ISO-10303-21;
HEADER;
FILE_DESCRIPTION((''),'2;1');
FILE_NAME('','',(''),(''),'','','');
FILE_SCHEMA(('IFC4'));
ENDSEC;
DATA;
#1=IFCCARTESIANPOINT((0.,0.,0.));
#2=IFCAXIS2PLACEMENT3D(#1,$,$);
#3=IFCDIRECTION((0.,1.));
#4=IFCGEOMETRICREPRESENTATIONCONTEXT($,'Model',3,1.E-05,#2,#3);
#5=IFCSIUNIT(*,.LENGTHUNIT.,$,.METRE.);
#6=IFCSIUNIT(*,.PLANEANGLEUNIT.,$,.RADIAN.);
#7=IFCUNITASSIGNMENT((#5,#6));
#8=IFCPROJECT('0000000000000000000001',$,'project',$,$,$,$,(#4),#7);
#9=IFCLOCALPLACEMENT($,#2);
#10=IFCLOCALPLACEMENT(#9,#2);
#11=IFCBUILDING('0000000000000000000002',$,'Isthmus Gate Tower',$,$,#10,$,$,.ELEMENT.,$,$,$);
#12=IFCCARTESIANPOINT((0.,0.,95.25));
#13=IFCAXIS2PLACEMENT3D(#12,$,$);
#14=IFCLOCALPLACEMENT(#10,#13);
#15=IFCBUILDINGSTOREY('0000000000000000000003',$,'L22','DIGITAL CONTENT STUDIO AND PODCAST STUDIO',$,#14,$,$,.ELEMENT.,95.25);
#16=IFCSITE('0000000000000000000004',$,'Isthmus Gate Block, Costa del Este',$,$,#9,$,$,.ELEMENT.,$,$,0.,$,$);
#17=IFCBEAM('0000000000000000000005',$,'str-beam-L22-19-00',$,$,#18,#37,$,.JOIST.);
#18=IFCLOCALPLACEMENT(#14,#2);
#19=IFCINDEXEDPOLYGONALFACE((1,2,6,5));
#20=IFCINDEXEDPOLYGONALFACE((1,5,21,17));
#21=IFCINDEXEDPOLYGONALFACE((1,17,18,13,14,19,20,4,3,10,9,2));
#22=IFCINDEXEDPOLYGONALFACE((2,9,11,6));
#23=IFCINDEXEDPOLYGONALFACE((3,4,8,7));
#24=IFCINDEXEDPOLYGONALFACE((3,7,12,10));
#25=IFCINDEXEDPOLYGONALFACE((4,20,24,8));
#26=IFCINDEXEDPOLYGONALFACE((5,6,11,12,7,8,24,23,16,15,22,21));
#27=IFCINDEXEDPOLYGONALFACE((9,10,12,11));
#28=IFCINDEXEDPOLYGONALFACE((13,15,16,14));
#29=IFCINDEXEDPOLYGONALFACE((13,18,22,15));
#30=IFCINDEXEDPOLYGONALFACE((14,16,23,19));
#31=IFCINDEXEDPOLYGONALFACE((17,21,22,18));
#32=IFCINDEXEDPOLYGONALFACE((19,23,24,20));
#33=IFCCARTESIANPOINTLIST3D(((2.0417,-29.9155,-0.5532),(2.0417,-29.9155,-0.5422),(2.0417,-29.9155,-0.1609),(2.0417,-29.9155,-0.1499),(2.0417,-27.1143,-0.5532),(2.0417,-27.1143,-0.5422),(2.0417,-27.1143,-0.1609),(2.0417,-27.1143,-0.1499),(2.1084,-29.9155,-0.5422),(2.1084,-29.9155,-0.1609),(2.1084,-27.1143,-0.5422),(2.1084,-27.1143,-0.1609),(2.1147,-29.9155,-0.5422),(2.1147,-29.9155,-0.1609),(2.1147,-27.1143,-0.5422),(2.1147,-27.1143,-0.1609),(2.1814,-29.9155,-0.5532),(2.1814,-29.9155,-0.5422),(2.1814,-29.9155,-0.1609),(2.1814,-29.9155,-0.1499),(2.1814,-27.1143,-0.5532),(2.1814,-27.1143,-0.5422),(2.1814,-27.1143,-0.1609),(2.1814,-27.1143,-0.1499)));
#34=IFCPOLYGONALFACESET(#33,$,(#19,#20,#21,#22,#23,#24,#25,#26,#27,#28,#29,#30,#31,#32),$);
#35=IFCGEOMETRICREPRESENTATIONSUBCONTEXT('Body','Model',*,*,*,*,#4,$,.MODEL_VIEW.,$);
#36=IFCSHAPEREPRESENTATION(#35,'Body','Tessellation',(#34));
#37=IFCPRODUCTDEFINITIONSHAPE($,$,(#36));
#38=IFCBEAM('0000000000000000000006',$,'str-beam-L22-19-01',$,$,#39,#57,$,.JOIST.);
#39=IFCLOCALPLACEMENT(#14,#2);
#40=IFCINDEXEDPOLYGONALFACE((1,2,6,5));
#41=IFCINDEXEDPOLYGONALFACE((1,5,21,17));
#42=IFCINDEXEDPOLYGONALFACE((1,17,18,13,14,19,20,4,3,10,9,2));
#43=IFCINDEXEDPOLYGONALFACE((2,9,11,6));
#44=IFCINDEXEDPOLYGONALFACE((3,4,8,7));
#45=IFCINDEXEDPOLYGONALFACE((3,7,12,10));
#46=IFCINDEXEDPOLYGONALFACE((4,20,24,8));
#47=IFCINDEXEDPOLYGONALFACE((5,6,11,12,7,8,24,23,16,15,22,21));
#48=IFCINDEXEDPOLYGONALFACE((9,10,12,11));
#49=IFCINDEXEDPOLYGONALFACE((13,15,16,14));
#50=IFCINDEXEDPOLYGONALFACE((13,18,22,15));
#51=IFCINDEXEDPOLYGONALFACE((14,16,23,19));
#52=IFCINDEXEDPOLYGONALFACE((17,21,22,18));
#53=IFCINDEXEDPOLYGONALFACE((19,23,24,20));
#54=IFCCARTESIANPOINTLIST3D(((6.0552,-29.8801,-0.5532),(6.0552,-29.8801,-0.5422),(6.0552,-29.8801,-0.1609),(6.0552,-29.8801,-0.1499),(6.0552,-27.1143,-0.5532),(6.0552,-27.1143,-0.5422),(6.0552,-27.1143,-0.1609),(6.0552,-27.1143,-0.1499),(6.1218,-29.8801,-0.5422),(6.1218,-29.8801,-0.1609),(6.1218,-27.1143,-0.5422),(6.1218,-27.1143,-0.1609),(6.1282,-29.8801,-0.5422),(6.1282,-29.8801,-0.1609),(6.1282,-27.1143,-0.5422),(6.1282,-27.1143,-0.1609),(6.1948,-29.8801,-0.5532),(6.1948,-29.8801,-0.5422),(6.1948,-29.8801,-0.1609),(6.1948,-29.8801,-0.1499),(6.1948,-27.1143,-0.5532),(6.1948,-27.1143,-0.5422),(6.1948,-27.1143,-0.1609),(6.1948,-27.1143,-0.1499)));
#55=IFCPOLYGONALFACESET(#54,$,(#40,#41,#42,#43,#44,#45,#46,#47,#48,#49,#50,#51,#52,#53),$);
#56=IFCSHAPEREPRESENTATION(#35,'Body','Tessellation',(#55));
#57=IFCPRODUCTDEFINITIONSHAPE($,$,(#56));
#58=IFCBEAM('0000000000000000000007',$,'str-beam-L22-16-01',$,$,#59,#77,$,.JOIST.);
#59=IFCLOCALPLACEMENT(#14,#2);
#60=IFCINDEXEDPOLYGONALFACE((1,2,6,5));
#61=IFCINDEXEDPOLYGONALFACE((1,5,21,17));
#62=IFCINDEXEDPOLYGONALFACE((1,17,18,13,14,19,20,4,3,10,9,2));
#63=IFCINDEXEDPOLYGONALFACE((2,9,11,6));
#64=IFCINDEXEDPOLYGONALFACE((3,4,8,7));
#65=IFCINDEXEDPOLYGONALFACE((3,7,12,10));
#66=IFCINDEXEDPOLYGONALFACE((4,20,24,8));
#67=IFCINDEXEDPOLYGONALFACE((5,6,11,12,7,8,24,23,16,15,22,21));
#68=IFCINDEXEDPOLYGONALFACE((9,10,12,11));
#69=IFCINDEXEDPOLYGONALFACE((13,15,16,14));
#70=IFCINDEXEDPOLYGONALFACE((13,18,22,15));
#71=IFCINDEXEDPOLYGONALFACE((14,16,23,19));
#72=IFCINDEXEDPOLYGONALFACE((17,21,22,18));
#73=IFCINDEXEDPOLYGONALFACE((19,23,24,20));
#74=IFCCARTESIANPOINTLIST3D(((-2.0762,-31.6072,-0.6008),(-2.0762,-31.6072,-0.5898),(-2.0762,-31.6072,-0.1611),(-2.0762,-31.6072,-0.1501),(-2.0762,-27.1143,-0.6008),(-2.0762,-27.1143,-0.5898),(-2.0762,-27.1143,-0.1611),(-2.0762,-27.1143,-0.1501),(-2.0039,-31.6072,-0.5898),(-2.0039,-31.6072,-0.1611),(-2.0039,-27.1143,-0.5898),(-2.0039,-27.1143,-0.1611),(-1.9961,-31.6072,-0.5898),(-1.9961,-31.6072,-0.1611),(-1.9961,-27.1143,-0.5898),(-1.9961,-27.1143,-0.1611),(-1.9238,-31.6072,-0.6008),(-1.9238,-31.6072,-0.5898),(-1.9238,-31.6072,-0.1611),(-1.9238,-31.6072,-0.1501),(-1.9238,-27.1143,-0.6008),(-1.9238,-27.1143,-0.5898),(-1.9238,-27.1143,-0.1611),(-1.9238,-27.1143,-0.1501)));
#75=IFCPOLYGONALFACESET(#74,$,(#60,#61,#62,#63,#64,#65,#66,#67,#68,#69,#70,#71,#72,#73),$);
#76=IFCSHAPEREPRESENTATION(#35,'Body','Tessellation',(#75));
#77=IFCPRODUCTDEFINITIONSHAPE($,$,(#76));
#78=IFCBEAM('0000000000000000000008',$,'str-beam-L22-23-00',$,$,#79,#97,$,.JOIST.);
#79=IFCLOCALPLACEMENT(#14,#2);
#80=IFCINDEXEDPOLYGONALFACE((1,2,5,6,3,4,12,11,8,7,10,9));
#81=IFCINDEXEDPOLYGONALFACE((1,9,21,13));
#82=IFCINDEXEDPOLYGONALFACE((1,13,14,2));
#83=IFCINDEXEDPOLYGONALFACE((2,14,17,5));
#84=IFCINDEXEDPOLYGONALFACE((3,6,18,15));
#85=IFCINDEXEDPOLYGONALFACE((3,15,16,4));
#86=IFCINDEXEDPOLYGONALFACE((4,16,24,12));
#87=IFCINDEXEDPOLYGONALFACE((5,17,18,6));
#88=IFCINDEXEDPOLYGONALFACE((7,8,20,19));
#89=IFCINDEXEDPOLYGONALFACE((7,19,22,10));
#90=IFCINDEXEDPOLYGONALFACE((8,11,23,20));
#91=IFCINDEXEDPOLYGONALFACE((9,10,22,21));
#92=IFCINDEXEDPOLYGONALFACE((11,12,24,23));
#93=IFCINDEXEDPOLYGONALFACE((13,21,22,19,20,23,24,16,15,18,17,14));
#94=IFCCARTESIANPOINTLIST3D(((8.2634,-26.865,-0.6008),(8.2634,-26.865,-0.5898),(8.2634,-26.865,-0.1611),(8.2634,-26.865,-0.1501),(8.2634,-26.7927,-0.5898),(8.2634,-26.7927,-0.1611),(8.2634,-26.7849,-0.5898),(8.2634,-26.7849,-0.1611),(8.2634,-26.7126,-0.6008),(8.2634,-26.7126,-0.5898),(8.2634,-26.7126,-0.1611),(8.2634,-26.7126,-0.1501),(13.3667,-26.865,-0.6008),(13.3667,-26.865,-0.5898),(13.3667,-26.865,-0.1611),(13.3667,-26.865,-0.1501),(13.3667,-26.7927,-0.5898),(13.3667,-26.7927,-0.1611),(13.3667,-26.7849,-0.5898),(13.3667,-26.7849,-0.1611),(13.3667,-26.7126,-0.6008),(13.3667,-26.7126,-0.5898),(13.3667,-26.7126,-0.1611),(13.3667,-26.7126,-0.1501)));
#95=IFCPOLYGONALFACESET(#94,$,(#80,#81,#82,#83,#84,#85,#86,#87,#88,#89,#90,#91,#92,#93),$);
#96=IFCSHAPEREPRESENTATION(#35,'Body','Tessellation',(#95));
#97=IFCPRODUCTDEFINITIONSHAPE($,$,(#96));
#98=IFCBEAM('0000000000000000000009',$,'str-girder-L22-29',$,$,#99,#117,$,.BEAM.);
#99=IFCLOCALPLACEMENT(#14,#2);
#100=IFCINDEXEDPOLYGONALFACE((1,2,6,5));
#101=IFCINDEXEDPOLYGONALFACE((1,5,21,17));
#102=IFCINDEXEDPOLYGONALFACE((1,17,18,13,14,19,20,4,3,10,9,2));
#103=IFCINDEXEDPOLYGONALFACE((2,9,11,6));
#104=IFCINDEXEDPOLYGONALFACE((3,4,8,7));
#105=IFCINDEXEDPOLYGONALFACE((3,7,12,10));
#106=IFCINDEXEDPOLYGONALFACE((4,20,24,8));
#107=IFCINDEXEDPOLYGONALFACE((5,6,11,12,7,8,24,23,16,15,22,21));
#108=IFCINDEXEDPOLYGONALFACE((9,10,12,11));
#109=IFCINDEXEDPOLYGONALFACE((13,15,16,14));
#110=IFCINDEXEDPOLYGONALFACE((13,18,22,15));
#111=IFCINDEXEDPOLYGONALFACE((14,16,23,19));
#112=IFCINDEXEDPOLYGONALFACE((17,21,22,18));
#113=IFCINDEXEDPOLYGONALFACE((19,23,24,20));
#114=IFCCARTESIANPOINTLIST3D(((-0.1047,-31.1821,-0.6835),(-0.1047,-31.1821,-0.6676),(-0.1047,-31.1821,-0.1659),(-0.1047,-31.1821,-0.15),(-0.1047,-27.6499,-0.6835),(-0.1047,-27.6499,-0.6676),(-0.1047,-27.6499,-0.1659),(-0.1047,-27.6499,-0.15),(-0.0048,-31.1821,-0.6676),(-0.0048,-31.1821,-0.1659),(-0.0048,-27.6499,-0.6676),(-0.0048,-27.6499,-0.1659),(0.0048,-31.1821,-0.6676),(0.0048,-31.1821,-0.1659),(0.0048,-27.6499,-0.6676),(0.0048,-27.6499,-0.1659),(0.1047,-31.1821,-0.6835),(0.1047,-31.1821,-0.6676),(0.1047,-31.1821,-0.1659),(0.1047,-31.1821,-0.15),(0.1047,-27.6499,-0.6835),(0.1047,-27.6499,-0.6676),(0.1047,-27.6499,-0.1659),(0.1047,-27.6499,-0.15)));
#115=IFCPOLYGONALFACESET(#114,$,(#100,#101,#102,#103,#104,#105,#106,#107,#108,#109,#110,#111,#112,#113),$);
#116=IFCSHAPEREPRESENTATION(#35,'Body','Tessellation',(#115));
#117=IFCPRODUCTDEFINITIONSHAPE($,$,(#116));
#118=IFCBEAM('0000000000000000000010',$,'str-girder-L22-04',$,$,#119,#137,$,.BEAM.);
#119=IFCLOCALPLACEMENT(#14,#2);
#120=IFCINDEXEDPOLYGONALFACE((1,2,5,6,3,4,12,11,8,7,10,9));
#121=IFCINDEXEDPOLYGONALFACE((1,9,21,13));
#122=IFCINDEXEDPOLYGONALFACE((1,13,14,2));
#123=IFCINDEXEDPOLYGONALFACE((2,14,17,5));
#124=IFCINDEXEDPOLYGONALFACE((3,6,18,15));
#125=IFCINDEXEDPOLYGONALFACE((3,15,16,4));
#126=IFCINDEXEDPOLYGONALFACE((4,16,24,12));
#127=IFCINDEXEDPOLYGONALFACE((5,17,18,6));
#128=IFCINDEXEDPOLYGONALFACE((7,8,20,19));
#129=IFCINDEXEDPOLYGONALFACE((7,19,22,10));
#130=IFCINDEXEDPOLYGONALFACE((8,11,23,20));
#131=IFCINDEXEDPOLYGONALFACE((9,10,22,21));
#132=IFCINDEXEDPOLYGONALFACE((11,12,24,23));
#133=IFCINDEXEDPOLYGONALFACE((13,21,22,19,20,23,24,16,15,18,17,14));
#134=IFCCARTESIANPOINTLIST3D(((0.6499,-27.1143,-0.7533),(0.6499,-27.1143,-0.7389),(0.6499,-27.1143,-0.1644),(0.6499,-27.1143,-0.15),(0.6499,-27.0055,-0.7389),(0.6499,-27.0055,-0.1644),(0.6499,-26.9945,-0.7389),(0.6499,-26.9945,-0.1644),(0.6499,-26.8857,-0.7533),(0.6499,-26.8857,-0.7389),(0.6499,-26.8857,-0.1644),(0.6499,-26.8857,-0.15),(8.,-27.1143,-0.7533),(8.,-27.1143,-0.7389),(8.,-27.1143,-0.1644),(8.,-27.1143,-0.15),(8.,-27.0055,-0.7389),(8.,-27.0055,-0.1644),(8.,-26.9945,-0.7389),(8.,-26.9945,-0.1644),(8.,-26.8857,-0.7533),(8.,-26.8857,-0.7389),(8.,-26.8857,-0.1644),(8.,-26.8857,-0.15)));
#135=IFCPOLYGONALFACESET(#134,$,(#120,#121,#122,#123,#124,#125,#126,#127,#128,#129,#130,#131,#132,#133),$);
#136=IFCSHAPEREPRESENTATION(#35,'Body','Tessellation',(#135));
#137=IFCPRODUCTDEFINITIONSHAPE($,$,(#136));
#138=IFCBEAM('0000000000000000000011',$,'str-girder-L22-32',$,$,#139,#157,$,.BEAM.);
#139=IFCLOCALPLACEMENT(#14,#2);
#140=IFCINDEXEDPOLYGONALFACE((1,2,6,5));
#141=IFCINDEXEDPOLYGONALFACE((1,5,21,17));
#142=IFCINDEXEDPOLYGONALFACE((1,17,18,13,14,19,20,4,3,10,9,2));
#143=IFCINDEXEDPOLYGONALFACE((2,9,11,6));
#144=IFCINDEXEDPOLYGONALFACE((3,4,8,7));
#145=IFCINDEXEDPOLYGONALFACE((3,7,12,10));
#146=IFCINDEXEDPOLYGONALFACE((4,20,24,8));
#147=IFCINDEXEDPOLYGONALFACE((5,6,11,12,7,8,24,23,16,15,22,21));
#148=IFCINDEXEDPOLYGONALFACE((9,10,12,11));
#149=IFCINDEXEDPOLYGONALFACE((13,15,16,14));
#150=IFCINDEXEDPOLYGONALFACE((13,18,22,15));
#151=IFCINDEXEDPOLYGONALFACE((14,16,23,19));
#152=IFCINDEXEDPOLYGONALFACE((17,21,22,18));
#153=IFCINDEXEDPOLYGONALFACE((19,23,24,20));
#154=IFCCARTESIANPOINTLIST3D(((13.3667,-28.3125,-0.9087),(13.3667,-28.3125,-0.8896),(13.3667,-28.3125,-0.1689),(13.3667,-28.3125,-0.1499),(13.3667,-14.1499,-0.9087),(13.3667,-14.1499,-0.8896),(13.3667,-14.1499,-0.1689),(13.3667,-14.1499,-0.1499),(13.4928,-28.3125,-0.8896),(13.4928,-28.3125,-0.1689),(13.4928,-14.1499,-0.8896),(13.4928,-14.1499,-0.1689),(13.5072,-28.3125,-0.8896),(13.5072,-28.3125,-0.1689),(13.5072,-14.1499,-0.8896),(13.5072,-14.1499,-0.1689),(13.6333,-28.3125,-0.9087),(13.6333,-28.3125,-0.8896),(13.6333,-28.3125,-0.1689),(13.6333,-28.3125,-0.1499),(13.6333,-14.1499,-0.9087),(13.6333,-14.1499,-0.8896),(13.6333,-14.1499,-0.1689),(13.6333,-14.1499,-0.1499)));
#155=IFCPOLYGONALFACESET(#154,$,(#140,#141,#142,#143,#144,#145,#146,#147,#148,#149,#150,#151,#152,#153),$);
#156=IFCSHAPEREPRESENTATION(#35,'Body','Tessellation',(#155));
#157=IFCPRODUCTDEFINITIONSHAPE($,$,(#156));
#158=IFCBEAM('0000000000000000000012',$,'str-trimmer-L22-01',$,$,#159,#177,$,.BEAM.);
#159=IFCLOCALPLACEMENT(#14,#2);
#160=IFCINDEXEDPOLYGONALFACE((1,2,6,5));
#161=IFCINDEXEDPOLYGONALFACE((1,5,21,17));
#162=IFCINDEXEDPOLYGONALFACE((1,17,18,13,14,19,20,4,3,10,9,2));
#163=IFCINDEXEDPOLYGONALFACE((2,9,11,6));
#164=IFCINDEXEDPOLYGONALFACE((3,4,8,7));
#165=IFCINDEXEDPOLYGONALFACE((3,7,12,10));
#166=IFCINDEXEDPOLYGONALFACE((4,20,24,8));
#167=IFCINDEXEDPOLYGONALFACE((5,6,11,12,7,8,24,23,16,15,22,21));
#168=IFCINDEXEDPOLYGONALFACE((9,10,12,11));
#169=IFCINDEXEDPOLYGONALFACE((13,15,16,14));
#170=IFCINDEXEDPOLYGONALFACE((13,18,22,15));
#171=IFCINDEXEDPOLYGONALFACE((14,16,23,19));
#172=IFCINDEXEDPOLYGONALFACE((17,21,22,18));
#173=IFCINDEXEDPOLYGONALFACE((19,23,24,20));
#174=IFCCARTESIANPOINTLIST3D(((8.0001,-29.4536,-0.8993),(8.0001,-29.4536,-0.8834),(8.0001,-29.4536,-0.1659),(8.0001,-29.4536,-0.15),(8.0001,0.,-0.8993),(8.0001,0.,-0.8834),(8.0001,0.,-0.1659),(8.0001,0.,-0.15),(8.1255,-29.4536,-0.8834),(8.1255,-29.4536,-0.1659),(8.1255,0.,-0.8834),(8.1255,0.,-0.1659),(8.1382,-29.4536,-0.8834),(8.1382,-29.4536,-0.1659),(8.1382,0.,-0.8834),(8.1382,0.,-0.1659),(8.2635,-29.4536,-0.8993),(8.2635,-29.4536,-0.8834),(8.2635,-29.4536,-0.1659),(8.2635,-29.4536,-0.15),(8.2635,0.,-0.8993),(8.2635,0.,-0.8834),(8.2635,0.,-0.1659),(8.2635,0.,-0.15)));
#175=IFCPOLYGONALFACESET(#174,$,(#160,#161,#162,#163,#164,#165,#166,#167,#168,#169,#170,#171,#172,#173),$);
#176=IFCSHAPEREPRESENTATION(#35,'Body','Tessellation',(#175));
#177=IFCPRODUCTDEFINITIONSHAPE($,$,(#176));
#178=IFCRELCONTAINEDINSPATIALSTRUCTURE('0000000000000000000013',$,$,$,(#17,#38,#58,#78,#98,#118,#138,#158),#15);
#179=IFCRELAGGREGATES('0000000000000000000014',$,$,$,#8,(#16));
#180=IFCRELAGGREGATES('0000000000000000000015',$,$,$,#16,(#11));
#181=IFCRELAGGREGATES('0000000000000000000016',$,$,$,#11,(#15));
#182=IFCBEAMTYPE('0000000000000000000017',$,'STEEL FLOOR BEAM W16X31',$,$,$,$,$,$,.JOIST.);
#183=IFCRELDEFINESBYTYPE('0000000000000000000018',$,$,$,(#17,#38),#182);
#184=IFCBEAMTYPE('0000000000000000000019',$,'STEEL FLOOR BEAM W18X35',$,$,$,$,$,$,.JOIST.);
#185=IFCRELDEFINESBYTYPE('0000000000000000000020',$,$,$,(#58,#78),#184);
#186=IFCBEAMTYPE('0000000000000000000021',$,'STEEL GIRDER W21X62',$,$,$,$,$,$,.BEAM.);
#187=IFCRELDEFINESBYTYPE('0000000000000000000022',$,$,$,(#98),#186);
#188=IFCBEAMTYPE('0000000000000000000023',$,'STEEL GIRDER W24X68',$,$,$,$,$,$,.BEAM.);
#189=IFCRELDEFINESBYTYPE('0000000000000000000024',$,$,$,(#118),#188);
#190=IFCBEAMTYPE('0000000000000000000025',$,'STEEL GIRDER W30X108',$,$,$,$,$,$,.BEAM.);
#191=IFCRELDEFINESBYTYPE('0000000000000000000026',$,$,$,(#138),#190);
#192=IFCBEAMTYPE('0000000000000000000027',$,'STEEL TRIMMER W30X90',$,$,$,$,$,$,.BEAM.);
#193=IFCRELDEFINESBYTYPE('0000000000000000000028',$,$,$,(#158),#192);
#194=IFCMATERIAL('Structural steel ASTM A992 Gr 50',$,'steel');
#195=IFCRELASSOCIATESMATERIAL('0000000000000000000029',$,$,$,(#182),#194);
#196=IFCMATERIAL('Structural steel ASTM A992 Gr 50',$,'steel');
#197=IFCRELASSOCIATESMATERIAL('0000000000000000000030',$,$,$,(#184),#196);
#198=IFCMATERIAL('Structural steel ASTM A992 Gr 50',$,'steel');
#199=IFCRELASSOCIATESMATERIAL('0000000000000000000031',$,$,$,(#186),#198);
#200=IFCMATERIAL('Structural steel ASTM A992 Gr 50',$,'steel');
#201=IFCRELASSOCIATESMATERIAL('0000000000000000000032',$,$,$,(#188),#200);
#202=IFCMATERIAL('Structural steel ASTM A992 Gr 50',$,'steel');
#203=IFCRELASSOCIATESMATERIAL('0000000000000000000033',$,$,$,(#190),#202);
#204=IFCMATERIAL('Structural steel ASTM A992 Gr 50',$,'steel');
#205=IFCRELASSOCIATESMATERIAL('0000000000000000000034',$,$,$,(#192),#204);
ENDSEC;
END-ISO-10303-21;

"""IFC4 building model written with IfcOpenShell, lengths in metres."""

from ifc_helpers import new_model, si_unit, direction, frame, origin, origin_2d, place, context, subcontext, project, spatial, i_section, extrude, material, material_profile, profile_set, type_object, element, save


model = new_model("IFC4")

# Units and contexts
model_context = context("Model", 3, precision=1e-05, world=origin(), true_north=direction((0.0, 1.0)))
body_context = subcontext(model_context, "Body", "Model", "MODEL_VIEW")
ifc_project = project(units=[si_unit("LENGTHUNIT", "METRE"), si_unit("PLANEANGLEUNIT", "RADIAN")], contexts=[model_context])

# Site, building, storey
site_placement = place(None, origin())
site = spatial("IfcSite", under=ifc_project, at=site_placement, Name="Isthmus Gate Block, Costa del Este", CompositionType="ELEMENT", RefElevation=0.0)
building_placement = place(site_placement, origin())
building = spatial("IfcBuilding", under=site, at=building_placement, Name="Isthmus Gate Tower", CompositionType="ELEMENT")
storey_placement = place(building_placement, frame((0.0, 0.0, 95.25)))
storey = spatial("IfcBuildingStorey", under=building, at=storey_placement, Name="L22", Description="DIGITAL CONTENT STUDIO AND PODCAST STUDIO", CompositionType="ELEMENT", Elevation=95.25)

# Beams
ifc_material_1 = material(Name="Structural steel ASTM A992 Gr 50", Category="steel")
ifc_material_profile_1 = material_profile(ifc_material_1, i_section(OverallWidth=0.1396, OverallDepth=0.4033, WebThickness=0.0063, FlangeThickness=0.011, at=origin_2d()), Name="W16X31")
ifc_profile_set_1 = profile_set([ifc_material_profile_1], Name="Structural steel ASTM A992 Gr 50")
beam_type_1 = type_object("IfcBeamType", Name="STEEL FLOOR BEAM W16X31", PredefinedType="JOIST", material=ifc_profile_set_1)
beam_1_placement = place(storey_placement, frame((2.1116, -29.9155, -0.3516), z_axis=(0.0, 1.0, 0.0), x_axis=(-1.0, 0.0, 0.0)))
element("IfcBeam", 1, at=beam_1_placement, inside=storey, type_object=beam_type_1, Name="str-beam-L22-19-00", PredefinedType="JOIST", context=body_context, shape_type="SweptSolid", body=[
    extrude(i_section(OverallWidth=0.1396, OverallDepth=0.4033, WebThickness=0.0063, FlangeThickness=0.011, at=origin_2d()), origin(), (0.0, 0.0, 1.0), 2.8013),
])
beam_2_placement = place(storey_placement, frame((6.125, -29.8801, -0.3516), z_axis=(0.0, 1.0, 0.0), x_axis=(-1.0, 0.0, 0.0)))
element("IfcBeam", 2, at=beam_2_placement, inside=storey, type_object=beam_type_1, Name="str-beam-L22-19-01", PredefinedType="JOIST", context=body_context, shape_type="SweptSolid", body=[
    extrude(i_section(OverallWidth=0.1396, OverallDepth=0.4033, WebThickness=0.0063, FlangeThickness=0.011, at=origin_2d()), origin(), (0.0, 0.0, 1.0), 2.7659),
])
ifc_material_2 = material(Name="Structural steel ASTM A992 Gr 50", Category="steel")
ifc_material_profile_2 = material_profile(ifc_material_2, i_section(OverallWidth=0.1523, OverallDepth=0.4507, WebThickness=0.0078, FlangeThickness=0.011, at=origin_2d()), Name="W18X35")
ifc_profile_set_2 = profile_set([ifc_material_profile_2], Name="Structural steel ASTM A992 Gr 50")
beam_type_2 = type_object("IfcBeamType", Name="STEEL FLOOR BEAM W18X35", PredefinedType="JOIST", material=ifc_profile_set_2)
beam_3_placement = place(storey_placement, frame((-2.0, -31.6072, -0.3755), z_axis=(0.0, 1.0, 0.0), x_axis=(-1.0, 0.0, 0.0)))
element("IfcBeam", 3, at=beam_3_placement, inside=storey, type_object=beam_type_2, Name="str-beam-L22-16-01", PredefinedType="JOIST", context=body_context, shape_type="SweptSolid", body=[
    extrude(i_section(OverallWidth=0.1523, OverallDepth=0.4507, WebThickness=0.0078, FlangeThickness=0.011, at=origin_2d()), origin(), (0.0, 0.0, 1.0), 4.4929),
])
beam_4_placement = place(storey_placement, frame((8.2634, -26.7888, -0.3755), z_axis=(1.0, 0.0, 0.0), x_axis=(0.0, 1.0, 0.0)))
element("IfcBeam", 4, at=beam_4_placement, inside=storey, type_object=beam_type_2, Name="str-beam-L22-23-00", PredefinedType="JOIST", context=body_context, shape_type="SweptSolid", body=[
    extrude(i_section(OverallWidth=0.1523, OverallDepth=0.4507, WebThickness=0.0078, FlangeThickness=0.011, at=origin_2d()), origin(), (0.0, 0.0, 1.0), 5.1033),
])
ifc_material_3 = material(Name="Structural steel ASTM A992 Gr 50", Category="steel")
ifc_material_profile_3 = material_profile(ifc_material_3, i_section(OverallWidth=0.2095, OverallDepth=0.5334, WebThickness=0.0095, FlangeThickness=0.0159, at=origin_2d()), Name="W21X62")
ifc_profile_set_3 = profile_set([ifc_material_profile_3], Name="Structural steel ASTM A992 Gr 50")
beam_type_3 = type_object("IfcBeamType", Name="STEEL GIRDER W21X62", PredefinedType="BEAM", material=ifc_profile_set_3)
beam_5_placement = place(storey_placement, frame((0.0, -31.1821, -0.4167), z_axis=(0.0, 1.0, 0.0), x_axis=(-1.0, 0.0, 0.0)))
element("IfcBeam", 5, at=beam_5_placement, inside=storey, type_object=beam_type_3, Name="str-girder-L22-29", PredefinedType="BEAM", context=body_context, shape_type="SweptSolid", body=[
    extrude(i_section(OverallWidth=0.2095, OverallDepth=0.5334, WebThickness=0.0095, FlangeThickness=0.0159, at=origin_2d()), origin(), (0.0, 0.0, 1.0), 3.5322),
])
ifc_material_4 = material(Name="Structural steel ASTM A992 Gr 50", Category="steel")
ifc_material_profile_4 = material_profile(ifc_material_4, i_section(OverallWidth=0.2285, OverallDepth=0.6033, WebThickness=0.011, FlangeThickness=0.0144, at=origin_2d()), Name="W24X68")
ifc_profile_set_4 = profile_set([ifc_material_profile_4], Name="Structural steel ASTM A992 Gr 50")
beam_type_4 = type_object("IfcBeamType", Name="STEEL GIRDER W24X68", PredefinedType="BEAM", material=ifc_profile_set_4)
beam_6_placement = place(storey_placement, frame((0.6499, -27.0, -0.4517), z_axis=(1.0, 0.0, 0.0), x_axis=(0.0, 1.0, 0.0)))
element("IfcBeam", 6, at=beam_6_placement, inside=storey, type_object=beam_type_4, Name="str-girder-L22-04", PredefinedType="BEAM", context=body_context, shape_type="SweptSolid", body=[
    extrude(i_section(OverallWidth=0.2285, OverallDepth=0.6033, WebThickness=0.011, FlangeThickness=0.0144, at=origin_2d()), origin(), (0.0, 0.0, 1.0), 7.3501),
])
ifc_material_5 = material(Name="Structural steel ASTM A992 Gr 50", Category="steel")
ifc_material_profile_5 = material_profile(ifc_material_5, i_section(OverallWidth=0.2666, OverallDepth=0.7588, WebThickness=0.0144, FlangeThickness=0.019, at=origin_2d()), Name="W30X108")
ifc_profile_set_5 = profile_set([ifc_material_profile_5], Name="Structural steel ASTM A992 Gr 50")
beam_type_5 = type_object("IfcBeamType", Name="STEEL GIRDER W30X108", PredefinedType="BEAM", material=ifc_profile_set_5)
beam_7_placement = place(storey_placement, frame((13.5, -28.3125, -0.5293), z_axis=(0.0, 1.0, 0.0), x_axis=(-1.0, 0.0, 0.0)))
element("IfcBeam", 7, at=beam_7_placement, inside=storey, type_object=beam_type_5, Name="str-girder-L22-32", PredefinedType="BEAM", context=body_context, shape_type="SweptSolid", body=[
    extrude(i_section(OverallWidth=0.2666, OverallDepth=0.7588, WebThickness=0.0144, FlangeThickness=0.019, at=origin_2d()), origin(), (0.0, 0.0, 1.0), 14.1626),
])
ifc_material_6 = material(Name="Structural steel ASTM A992 Gr 50", Category="steel")
ifc_material_profile_6 = material_profile(ifc_material_6, i_section(OverallWidth=0.2634, OverallDepth=0.7493, WebThickness=0.0127, FlangeThickness=0.0159, at=origin_2d()), Name="W30X90")
ifc_profile_set_6 = profile_set([ifc_material_profile_6], Name="Structural steel ASTM A992 Gr 50")
beam_type_6 = type_object("IfcBeamType", Name="STEEL TRIMMER W30X90", PredefinedType="BEAM", material=ifc_profile_set_6)
beam_8_placement = place(storey_placement, frame((8.1318, -29.4536, -0.5247), z_axis=(0.0, 1.0, 0.0), x_axis=(-1.0, 0.0, 0.0)))
element("IfcBeam", 8, at=beam_8_placement, inside=storey, type_object=beam_type_6, Name="str-trimmer-L22-01", PredefinedType="BEAM", context=body_context, shape_type="SweptSolid", body=[
    extrude(i_section(OverallWidth=0.2634, OverallDepth=0.7493, WebThickness=0.0127, FlangeThickness=0.0159, at=origin_2d()), origin(), (0.0, 0.0, 1.0), 29.4536),
])

save(model, "model.ifc")
